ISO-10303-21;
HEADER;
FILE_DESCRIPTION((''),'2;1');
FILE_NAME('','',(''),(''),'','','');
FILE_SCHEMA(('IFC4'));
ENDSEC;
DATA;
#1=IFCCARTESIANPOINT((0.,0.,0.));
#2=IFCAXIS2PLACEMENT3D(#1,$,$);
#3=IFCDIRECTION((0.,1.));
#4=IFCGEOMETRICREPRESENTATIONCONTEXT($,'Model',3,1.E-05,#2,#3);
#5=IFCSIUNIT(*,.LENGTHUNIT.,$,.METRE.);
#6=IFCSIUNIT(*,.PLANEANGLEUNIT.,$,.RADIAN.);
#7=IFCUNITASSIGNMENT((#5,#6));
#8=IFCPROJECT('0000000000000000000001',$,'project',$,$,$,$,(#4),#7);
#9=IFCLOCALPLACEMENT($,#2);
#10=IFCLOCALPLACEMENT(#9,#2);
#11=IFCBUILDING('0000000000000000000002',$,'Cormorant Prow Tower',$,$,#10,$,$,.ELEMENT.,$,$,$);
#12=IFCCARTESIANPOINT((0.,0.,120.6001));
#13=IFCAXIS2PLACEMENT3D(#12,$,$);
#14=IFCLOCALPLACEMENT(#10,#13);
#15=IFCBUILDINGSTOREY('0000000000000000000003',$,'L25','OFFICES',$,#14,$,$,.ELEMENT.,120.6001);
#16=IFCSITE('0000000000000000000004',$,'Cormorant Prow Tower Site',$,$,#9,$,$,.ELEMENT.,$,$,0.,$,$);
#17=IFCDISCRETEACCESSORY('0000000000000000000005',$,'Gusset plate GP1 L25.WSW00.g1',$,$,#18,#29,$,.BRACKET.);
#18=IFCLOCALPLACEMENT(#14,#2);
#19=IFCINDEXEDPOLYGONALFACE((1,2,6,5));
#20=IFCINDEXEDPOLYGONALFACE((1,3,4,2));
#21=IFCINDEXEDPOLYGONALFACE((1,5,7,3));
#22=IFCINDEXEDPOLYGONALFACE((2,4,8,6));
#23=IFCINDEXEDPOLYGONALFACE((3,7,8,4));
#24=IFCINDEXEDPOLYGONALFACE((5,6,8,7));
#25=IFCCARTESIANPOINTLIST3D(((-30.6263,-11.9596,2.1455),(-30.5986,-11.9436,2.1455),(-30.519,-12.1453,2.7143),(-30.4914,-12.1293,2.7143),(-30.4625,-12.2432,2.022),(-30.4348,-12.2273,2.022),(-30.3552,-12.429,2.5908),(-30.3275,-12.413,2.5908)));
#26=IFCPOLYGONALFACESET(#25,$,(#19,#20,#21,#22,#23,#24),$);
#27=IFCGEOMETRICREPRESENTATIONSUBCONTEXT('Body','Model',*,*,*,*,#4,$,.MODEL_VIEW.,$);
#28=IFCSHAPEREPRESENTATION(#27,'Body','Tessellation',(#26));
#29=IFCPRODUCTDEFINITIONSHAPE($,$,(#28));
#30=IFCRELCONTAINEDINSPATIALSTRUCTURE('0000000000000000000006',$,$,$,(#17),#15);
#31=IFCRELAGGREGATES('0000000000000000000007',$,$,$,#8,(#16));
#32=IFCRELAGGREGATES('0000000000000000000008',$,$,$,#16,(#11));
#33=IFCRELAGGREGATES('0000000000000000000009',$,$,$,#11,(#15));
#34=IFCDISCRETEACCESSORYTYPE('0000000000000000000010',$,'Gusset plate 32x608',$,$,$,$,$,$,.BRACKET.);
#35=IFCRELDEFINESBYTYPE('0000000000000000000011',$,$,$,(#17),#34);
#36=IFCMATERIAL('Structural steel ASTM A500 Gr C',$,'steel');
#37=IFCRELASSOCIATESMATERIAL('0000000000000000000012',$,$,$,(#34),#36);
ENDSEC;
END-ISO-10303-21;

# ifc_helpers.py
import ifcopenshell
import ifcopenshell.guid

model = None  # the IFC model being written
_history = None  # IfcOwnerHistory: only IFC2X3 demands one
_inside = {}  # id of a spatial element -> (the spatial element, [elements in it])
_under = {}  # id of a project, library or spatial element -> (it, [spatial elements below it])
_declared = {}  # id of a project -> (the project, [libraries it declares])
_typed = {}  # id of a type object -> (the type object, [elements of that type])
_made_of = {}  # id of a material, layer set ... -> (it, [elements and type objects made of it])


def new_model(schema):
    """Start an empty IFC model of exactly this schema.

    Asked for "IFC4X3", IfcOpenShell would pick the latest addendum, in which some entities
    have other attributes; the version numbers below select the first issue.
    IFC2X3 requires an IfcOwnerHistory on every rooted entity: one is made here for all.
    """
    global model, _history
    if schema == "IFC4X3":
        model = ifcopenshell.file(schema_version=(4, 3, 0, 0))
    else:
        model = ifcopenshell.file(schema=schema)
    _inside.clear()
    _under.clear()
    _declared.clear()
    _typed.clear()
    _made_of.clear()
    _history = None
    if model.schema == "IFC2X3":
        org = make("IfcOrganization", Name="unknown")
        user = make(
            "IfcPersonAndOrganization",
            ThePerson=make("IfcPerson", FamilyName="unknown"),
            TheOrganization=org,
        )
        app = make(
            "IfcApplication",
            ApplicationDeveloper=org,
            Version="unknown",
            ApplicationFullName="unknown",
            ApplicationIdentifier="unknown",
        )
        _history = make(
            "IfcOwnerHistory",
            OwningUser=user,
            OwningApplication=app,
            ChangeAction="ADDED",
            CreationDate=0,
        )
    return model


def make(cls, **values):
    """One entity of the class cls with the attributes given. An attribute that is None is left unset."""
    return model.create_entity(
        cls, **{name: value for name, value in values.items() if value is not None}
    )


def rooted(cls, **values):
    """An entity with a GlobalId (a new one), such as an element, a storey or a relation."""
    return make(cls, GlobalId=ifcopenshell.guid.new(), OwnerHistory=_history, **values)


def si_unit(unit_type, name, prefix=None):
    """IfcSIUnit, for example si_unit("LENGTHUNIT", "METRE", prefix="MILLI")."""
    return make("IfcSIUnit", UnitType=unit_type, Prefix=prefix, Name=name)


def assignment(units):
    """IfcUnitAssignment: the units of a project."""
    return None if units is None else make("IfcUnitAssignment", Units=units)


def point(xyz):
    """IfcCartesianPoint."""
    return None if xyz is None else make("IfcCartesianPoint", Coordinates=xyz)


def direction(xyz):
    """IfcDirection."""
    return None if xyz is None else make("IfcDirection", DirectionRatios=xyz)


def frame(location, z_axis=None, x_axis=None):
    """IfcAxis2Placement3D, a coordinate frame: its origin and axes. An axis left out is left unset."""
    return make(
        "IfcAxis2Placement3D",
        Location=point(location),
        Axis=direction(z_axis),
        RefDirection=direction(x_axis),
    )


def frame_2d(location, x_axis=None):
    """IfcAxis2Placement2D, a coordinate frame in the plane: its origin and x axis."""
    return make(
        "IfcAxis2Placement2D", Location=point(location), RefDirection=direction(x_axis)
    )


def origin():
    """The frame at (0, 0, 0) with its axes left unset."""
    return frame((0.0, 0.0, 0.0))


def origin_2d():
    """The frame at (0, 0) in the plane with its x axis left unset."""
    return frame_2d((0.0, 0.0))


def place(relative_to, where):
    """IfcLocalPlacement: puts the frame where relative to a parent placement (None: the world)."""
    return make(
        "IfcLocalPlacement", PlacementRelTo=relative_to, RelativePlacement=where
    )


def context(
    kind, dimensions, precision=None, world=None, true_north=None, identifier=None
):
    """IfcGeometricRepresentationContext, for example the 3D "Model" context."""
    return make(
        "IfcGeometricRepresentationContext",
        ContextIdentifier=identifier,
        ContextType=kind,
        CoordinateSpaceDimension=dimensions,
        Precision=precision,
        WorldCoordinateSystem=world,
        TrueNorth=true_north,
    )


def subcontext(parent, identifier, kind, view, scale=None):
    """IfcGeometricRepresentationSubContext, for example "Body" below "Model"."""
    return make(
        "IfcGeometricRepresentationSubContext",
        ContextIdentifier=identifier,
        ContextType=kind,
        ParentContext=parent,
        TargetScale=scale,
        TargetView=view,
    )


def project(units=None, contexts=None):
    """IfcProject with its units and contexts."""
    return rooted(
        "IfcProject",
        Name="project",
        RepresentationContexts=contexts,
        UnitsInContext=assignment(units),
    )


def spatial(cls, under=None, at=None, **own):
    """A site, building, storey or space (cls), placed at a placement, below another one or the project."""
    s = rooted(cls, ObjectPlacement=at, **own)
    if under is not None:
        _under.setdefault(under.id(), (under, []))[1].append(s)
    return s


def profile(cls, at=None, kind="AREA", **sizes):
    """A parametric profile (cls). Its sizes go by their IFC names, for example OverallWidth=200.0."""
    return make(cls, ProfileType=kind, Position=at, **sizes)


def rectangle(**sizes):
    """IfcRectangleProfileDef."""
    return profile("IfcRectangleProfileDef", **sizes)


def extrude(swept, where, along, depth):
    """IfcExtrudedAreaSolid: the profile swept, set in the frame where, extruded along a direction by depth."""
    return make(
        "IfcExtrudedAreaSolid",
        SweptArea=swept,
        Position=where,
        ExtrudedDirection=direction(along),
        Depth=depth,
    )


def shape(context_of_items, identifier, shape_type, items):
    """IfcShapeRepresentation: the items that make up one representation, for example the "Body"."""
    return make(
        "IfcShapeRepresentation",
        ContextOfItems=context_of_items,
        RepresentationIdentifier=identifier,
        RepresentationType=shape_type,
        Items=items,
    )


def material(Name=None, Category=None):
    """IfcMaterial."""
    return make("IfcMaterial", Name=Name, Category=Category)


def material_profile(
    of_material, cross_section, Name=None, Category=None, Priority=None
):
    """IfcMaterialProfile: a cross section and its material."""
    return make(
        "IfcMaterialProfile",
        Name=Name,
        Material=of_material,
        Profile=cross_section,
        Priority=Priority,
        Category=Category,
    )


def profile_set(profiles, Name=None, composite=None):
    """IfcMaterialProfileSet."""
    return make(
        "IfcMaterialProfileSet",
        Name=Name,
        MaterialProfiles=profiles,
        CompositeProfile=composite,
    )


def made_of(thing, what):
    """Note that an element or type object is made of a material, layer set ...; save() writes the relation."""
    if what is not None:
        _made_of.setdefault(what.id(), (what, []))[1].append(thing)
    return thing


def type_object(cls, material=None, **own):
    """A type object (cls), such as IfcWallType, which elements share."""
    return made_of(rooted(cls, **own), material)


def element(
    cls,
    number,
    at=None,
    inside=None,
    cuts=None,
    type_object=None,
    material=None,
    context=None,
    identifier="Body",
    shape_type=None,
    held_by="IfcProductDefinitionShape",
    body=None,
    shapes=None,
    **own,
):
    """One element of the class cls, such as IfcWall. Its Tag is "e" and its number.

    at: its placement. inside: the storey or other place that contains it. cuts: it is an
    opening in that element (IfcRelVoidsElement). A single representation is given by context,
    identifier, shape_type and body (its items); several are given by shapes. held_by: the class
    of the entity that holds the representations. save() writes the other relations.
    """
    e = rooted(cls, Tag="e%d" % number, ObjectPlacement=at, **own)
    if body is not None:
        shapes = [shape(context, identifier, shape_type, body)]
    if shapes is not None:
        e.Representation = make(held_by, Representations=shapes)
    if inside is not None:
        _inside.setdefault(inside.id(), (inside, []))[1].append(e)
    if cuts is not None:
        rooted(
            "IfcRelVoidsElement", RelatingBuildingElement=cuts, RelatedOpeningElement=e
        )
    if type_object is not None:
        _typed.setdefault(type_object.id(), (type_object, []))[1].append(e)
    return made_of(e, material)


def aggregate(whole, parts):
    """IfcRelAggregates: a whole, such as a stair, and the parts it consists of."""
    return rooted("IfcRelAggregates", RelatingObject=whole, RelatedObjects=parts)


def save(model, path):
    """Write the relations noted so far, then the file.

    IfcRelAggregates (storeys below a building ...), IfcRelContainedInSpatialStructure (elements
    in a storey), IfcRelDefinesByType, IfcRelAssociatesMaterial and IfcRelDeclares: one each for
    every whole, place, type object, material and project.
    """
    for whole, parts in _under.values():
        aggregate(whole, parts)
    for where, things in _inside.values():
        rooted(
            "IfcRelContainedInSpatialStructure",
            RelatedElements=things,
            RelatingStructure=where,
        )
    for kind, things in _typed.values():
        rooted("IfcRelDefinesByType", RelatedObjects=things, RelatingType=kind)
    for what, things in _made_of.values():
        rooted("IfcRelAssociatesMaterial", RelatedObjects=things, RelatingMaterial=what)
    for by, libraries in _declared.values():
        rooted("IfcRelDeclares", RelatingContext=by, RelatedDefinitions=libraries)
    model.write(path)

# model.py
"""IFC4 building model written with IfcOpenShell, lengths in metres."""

from ifc_helpers import new_model, si_unit, direction, frame, origin, origin_2d, place, context, subcontext, project, spatial, rectangle, extrude, material, material_profile, profile_set, type_object, element, save


model = new_model("IFC4")

# Units and contexts
model_context = context("Model", 3, precision=1e-05, world=origin(), true_north=direction((0.0, 1.0)))
body_context = subcontext(model_context, "Body", "Model", "MODEL_VIEW")
ifc_project = project(units=[si_unit("LENGTHUNIT", "METRE"), si_unit("PLANEANGLEUNIT", "RADIAN")], contexts=[model_context])

# Site, building, storey
site_placement = place(None, origin())
site = spatial("IfcSite", under=ifc_project, at=site_placement, Name="Cormorant Prow Tower Site", CompositionType="ELEMENT", RefElevation=0.0)
building_placement = place(site_placement, origin())
building = spatial("IfcBuilding", under=site, at=building_placement, Name="Cormorant Prow Tower", CompositionType="ELEMENT")
storey_placement = place(building_placement, frame((0.0, 0.0, 120.6001)))
storey = spatial("IfcBuildingStorey", under=building, at=storey_placement, Name="L25", Description="OFFICES", CompositionType="ELEMENT", Elevation=120.6001)

# Discrete accessory
ifc_material_1 = material(Name="Structural steel ASTM A500 Gr C", Category="steel")
ifc_material_profile_1 = material_profile(ifc_material_1, rectangle(XDim=0.032, YDim=0.6079, at=origin_2d()), Name="Gusset plate 32x608")
ifc_profile_set_1 = profile_set([ifc_material_profile_1], Name="Structural steel ASTM A500 Gr C")
discrete_accessory_type = type_object("IfcDiscreteAccessoryType", Name="Gusset plate 32x608", PredefinedType="BRACKET", material=ifc_profile_set_1)
discrete_accessory_placement = place(storey_placement, frame((-30.395, -12.3281, 2.3064), z_axis=(-0.467903, 0.810288, 0.352845), x_axis=(-0.865987, -0.500067, 0.0)))
element("IfcDiscreteAccessory", 1, at=discrete_accessory_placement, inside=storey, type_object=discrete_accessory_type, Name="Gusset plate GP1 L25.WSW00.g1", PredefinedType="BRACKET", context=body_context, shape_type="SweptSolid", body=[
    extrude(rectangle(XDim=0.032, YDim=0.6079, at=origin_2d()), origin(), (0.0, 0.0, 1.0), 0.3501),
])

save(model, "model.ifc")
